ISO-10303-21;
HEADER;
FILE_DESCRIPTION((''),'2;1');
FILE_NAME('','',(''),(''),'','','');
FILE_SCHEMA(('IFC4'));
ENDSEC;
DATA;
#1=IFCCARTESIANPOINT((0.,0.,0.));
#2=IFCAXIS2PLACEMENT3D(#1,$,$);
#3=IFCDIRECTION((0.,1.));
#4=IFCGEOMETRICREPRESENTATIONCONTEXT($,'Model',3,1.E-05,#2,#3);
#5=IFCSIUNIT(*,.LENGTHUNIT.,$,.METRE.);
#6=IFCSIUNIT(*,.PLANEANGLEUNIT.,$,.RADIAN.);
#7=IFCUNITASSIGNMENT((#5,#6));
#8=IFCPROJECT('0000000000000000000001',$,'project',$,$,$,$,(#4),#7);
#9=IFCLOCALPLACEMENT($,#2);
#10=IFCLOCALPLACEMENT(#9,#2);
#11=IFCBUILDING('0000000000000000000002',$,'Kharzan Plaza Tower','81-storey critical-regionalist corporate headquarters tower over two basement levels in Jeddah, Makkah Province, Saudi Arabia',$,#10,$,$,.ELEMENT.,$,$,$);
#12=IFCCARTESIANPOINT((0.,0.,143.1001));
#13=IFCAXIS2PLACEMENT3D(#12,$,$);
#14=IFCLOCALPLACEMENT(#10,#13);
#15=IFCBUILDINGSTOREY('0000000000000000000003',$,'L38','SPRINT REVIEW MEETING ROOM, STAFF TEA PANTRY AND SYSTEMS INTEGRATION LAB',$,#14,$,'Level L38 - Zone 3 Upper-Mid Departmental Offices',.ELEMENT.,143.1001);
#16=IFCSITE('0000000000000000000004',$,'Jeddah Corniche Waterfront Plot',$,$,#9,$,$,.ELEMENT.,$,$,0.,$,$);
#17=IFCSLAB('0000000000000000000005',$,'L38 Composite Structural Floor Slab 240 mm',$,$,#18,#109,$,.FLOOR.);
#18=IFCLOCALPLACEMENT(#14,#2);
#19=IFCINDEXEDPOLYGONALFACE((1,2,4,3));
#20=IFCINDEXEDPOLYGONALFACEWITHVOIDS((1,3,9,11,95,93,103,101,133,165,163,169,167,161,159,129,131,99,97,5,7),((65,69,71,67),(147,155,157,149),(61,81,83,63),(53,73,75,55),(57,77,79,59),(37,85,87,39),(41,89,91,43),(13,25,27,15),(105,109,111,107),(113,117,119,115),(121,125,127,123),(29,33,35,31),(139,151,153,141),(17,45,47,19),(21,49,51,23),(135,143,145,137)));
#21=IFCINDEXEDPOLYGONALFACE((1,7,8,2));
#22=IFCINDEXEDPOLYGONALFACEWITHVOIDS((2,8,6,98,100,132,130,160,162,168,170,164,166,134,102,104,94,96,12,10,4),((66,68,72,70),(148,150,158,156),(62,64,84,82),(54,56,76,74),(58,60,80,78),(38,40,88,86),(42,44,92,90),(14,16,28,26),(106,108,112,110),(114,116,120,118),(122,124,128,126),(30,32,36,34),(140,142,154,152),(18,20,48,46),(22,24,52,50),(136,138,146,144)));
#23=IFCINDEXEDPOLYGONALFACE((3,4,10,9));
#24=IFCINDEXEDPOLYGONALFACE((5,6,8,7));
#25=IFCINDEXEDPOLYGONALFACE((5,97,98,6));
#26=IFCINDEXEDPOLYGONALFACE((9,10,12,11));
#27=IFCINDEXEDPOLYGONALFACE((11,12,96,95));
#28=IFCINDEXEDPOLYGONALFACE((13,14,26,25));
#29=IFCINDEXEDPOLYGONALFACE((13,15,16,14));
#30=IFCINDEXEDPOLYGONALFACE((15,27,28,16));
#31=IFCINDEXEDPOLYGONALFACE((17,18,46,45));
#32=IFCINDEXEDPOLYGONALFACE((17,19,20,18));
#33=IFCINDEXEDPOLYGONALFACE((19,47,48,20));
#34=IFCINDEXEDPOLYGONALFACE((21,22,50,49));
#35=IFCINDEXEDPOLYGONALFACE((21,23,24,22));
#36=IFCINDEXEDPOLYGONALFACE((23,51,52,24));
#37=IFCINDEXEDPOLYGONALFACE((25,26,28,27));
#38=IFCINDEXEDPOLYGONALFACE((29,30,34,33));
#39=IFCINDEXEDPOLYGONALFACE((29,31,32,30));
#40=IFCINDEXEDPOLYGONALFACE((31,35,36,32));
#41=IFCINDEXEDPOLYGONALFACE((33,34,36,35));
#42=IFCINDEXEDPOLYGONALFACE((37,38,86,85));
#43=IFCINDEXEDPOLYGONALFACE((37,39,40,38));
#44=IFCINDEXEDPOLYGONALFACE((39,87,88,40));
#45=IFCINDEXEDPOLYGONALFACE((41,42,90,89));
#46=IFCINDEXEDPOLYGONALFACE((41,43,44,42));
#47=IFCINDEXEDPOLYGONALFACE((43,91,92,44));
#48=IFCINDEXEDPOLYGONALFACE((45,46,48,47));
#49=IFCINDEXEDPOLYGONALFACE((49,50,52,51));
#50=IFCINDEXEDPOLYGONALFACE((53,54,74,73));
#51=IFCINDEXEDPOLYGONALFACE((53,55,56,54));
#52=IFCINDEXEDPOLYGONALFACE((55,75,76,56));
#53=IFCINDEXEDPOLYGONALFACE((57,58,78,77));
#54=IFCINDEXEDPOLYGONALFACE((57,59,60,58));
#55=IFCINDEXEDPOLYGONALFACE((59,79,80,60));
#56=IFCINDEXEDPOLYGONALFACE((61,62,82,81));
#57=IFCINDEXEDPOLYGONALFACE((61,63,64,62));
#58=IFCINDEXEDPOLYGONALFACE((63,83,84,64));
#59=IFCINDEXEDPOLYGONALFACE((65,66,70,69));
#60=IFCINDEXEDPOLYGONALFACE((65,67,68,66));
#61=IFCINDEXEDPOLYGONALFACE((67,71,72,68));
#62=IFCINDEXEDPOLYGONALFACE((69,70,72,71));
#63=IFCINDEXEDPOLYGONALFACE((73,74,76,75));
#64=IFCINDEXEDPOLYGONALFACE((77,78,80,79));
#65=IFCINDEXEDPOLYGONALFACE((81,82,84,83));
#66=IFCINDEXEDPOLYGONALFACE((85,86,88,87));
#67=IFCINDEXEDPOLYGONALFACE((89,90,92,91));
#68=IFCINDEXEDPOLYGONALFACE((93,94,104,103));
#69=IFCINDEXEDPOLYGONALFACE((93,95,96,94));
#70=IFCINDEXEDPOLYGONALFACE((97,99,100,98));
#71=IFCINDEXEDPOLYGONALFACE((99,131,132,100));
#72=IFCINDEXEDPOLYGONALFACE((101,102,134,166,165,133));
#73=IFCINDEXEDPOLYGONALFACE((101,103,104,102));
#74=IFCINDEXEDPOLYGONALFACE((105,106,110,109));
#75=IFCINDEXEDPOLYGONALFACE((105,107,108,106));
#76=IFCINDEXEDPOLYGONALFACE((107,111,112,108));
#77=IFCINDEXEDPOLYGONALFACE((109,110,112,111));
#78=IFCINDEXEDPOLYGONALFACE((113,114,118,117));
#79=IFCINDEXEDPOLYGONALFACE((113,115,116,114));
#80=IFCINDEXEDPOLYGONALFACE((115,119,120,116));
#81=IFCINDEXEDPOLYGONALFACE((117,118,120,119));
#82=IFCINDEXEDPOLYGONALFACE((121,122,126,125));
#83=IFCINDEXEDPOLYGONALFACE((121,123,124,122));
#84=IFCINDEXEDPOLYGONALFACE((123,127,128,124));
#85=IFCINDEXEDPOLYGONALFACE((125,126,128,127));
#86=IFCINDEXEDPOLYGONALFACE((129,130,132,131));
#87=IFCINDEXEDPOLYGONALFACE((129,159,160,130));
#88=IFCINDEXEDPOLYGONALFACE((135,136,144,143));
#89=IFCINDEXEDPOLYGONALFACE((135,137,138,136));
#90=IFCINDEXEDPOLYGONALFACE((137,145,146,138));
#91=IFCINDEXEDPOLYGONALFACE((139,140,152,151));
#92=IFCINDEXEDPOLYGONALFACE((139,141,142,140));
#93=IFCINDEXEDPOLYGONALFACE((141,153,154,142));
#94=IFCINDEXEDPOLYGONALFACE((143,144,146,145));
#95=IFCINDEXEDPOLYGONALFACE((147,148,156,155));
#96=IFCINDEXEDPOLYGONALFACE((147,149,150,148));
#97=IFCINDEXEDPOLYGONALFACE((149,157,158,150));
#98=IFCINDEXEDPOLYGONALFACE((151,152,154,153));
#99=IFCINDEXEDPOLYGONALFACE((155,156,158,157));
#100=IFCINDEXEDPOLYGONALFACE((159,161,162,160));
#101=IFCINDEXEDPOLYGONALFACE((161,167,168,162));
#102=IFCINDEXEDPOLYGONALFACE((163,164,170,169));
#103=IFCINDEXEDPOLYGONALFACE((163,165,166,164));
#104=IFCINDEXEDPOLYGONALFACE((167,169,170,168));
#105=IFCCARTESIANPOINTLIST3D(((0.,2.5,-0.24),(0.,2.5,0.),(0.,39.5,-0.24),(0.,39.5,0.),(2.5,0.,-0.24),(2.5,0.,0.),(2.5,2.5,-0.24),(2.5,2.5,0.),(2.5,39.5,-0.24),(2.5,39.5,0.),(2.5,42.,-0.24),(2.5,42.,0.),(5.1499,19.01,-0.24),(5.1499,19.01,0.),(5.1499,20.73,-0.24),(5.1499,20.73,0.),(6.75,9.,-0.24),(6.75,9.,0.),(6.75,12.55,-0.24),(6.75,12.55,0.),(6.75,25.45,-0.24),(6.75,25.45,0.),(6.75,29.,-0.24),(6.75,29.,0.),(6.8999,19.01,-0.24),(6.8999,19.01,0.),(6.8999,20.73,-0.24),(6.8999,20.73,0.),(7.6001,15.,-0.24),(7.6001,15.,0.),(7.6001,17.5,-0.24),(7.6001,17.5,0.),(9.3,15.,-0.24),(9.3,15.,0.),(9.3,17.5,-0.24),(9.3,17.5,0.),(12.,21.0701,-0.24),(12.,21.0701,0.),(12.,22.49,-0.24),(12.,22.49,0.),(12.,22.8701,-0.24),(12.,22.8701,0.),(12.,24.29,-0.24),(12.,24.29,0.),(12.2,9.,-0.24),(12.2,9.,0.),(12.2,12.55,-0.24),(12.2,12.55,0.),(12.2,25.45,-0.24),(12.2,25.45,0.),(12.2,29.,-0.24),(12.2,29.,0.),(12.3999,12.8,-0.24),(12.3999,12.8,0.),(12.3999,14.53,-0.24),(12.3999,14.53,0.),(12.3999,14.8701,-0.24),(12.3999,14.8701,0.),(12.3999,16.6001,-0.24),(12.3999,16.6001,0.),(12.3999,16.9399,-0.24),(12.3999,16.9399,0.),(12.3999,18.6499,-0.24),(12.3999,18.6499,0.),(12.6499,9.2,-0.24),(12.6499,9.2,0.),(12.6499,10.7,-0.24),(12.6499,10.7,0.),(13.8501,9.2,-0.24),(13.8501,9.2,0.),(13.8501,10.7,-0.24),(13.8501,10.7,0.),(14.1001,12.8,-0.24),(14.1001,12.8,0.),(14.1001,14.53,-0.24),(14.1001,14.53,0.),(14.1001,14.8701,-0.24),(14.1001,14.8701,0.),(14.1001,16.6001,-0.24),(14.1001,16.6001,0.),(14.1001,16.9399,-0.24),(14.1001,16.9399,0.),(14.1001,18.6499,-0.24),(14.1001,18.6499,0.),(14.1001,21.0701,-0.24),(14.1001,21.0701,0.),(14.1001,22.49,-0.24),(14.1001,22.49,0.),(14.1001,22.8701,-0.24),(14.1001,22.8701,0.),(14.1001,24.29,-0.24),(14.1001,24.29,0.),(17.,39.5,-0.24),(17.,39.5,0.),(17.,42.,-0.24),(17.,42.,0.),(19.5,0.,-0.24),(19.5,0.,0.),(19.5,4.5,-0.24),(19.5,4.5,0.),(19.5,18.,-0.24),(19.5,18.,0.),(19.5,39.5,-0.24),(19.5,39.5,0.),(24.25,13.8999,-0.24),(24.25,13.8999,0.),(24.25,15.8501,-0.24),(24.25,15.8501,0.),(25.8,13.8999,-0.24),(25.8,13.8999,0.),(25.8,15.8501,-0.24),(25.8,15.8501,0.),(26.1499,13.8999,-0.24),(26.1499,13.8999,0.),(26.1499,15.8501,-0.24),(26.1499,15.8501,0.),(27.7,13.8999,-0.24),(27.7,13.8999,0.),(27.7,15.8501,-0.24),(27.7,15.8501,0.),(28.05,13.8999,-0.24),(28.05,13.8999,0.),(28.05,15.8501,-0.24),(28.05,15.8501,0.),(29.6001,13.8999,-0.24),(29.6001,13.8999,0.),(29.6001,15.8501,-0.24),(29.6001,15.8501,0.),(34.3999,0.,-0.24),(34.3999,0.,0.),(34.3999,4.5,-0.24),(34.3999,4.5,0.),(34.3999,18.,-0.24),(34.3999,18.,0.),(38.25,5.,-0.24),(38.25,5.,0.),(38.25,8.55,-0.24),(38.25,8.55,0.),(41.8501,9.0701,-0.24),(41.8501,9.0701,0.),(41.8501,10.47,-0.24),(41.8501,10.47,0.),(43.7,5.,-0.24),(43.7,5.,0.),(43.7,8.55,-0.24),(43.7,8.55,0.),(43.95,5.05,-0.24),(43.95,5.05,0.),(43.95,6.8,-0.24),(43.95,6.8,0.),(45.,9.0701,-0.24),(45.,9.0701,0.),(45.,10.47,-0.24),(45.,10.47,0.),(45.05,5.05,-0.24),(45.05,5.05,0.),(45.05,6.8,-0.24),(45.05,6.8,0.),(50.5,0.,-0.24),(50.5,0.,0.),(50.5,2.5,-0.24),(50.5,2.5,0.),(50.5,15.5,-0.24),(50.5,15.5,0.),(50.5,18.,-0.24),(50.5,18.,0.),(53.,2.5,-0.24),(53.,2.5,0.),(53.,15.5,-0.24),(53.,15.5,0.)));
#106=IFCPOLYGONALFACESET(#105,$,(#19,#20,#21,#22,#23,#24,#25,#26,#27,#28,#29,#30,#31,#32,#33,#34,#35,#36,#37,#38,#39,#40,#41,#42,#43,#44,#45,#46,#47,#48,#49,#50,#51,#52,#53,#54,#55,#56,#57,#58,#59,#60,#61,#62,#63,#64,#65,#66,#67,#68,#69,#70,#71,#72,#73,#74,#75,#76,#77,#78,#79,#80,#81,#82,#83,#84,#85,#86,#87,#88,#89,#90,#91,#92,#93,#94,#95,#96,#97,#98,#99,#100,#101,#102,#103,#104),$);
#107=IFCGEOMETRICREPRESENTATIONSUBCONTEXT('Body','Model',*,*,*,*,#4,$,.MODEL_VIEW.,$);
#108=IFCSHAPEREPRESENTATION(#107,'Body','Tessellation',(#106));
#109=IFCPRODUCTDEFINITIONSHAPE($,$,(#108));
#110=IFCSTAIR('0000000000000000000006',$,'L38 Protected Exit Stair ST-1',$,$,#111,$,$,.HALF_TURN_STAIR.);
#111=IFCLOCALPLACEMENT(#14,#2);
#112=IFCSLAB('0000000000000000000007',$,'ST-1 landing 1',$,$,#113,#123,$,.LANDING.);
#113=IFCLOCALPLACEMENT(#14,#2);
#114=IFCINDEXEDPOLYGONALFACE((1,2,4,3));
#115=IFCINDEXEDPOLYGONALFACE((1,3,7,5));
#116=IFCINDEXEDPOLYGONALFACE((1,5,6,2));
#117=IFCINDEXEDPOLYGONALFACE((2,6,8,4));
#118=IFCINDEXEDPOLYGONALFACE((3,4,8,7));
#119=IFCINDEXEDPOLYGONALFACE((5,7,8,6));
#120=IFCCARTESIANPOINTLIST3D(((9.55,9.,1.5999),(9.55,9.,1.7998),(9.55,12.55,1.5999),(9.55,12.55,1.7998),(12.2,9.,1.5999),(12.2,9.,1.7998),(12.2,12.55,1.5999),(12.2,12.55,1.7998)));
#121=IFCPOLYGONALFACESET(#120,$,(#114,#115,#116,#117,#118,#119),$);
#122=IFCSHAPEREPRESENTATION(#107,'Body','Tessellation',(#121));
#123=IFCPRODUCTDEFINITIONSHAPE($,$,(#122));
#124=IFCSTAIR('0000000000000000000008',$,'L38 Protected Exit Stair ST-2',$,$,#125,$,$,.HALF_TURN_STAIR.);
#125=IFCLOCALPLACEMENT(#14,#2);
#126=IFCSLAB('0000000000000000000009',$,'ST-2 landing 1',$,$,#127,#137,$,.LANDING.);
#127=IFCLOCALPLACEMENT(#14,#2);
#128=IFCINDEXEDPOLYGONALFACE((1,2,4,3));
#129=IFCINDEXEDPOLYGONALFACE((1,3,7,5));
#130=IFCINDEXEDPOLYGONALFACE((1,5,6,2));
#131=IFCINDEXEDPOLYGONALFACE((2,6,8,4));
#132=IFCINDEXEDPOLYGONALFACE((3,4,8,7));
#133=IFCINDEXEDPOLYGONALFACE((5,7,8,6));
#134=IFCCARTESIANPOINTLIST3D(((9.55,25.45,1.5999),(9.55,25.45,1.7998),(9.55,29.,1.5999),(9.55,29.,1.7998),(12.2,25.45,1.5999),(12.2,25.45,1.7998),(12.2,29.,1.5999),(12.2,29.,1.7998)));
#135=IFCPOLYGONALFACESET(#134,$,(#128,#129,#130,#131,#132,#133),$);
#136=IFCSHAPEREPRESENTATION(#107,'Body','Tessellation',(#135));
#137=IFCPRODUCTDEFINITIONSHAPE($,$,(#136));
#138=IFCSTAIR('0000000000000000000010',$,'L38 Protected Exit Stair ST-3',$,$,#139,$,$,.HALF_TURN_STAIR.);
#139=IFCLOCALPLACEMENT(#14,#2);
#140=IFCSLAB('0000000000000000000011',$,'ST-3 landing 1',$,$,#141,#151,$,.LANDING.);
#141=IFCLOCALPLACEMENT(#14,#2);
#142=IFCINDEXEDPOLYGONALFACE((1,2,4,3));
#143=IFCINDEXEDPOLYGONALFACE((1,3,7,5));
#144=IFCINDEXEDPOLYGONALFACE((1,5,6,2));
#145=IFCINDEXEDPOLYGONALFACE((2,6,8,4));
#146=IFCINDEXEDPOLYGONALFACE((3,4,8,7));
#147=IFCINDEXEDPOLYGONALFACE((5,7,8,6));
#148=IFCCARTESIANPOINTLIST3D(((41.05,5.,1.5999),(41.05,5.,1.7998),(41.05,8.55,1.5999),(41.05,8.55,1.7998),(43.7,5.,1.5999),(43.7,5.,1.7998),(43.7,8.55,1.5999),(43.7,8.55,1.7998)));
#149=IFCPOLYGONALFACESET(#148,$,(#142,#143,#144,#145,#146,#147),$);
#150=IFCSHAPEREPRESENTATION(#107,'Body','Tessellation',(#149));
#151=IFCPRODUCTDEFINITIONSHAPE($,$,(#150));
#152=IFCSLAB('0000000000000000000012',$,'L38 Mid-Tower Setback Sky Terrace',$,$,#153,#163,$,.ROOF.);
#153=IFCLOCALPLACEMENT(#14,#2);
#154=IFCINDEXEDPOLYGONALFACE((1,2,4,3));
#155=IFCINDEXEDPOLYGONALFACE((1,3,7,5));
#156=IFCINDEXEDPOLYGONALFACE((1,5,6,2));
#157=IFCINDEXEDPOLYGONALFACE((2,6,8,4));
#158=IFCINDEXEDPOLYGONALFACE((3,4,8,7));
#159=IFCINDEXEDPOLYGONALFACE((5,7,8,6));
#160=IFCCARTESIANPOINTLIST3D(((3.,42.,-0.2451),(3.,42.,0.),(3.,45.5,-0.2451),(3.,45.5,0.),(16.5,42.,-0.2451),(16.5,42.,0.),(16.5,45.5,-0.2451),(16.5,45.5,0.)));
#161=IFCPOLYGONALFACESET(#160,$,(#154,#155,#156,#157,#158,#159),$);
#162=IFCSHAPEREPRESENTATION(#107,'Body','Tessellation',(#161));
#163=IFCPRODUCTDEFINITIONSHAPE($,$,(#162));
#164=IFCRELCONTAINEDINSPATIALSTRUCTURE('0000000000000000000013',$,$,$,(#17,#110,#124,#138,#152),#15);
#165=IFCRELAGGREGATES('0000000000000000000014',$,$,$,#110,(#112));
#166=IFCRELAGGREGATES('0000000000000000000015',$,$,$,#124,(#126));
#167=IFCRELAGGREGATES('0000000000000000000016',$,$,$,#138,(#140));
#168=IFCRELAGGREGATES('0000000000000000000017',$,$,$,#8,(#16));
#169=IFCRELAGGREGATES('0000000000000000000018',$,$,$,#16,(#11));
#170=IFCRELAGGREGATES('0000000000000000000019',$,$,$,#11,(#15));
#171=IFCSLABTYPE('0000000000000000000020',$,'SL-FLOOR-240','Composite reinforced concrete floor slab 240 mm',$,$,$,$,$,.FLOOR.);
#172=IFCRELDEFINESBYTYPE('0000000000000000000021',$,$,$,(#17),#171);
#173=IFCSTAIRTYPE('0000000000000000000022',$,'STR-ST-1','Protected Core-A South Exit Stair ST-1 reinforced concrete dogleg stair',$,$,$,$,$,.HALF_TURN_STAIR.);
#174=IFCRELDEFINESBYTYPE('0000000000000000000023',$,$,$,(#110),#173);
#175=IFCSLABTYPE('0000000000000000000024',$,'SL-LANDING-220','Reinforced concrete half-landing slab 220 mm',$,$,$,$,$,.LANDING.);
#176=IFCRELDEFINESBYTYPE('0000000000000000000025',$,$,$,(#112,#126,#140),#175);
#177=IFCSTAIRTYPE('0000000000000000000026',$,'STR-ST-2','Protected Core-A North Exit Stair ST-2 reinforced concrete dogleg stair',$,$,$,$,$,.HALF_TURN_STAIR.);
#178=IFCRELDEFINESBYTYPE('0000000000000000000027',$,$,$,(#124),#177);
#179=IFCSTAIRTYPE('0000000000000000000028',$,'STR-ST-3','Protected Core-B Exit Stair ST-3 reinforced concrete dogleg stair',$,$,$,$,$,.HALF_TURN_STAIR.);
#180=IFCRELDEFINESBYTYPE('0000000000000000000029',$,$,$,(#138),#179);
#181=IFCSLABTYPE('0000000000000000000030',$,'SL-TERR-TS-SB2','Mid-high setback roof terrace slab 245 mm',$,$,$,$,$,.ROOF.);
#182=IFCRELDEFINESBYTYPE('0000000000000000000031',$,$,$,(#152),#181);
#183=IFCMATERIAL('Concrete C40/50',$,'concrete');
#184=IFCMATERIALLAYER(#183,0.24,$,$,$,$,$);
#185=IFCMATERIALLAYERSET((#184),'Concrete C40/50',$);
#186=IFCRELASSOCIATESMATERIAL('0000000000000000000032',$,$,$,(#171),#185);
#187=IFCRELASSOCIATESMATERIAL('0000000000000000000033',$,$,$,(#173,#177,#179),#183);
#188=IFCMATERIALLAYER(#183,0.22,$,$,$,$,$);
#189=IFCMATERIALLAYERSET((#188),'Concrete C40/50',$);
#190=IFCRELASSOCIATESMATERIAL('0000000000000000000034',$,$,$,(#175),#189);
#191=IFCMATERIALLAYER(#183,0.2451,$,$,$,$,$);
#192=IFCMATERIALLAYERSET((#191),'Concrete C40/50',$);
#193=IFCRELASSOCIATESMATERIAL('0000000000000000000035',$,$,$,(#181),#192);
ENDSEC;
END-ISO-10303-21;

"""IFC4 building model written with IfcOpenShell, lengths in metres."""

from ifc_helpers import new_model, si_unit, direction, frame, origin, place, context, subcontext, project, spatial, polyline, outline, extrude, material, layer, layer_set, type_object, element, aggregate, save


model = new_model("IFC4")

# Units and contexts
model_context = context("Model", 3, precision=1e-05, world=origin(), true_north=direction((0.0, 1.0)))
body_context = subcontext(model_context, "Body", "Model", "MODEL_VIEW")
ifc_project = project(units=[si_unit("LENGTHUNIT", "METRE"), si_unit("PLANEANGLEUNIT", "RADIAN")], contexts=[model_context])

# Site, building, storey
site_placement = place(None, origin())
site = spatial("IfcSite", under=ifc_project, at=site_placement, Name="Jeddah Corniche Waterfront Plot", CompositionType="ELEMENT", RefElevation=0.0)
building_placement = place(site_placement, origin())
building = spatial("IfcBuilding", under=site, at=building_placement, Name="Kharzan Plaza Tower", Description="81-storey critical-regionalist corporate headquarters tower over two basement levels in Jeddah, Makkah Province, Saudi Arabia", CompositionType="ELEMENT")
storey_placement = place(building_placement, frame((0.0, 0.0, 143.1001)))
storey = spatial("IfcBuildingStorey", under=building, at=storey_placement, Name="L38", Description="SPRINT REVIEW MEETING ROOM, STAFF TEA PANTRY AND SYSTEMS INTEGRATION LAB", LongName="Level L38 - Zone 3 Upper-Mid Departmental Offices", CompositionType="ELEMENT", Elevation=143.1001)

# Slab
ifc_material_1 = material(Name="Concrete C40/50", Category="concrete")
ifc_layer_1 = layer(ifc_material_1, 0.24)
ifc_layer_set_1 = layer_set([ifc_layer_1], Name="Concrete C40/50")
slab_type_1 = type_object("IfcSlabType", Name="SL-FLOOR-240", Description="Composite reinforced concrete floor slab 240 mm", PredefinedType="FLOOR", material=ifc_layer_set_1)
slab_1_placement = place(storey_placement, frame((0.0, 0.0, -0.24)))
element("IfcSlab", 1, at=slab_1_placement, inside=storey, type_object=slab_type_1, Name="L38 Composite Structural Floor Slab 240 mm", PredefinedType="FLOOR", context=body_context, shape_type="SweptSolid", body=[
    extrude(outline(polyline([(34.3999, 18.0), (19.5, 18.0), (19.5, 39.5), (17.0, 39.5), (17.0, 42.0), (2.5, 42.0), (2.5, 39.5), (0.0, 39.5), (0.0, 2.5), (2.5, 2.5), (2.5, 0.0), (19.5, 0.0), (19.5, 4.5), (34.3999, 4.5), (34.3999, 0.0), (50.5, 0.0), (50.5, 2.5), (53.0, 2.5), (53.0, 15.5), (50.5, 15.5), (50.5, 18.0), (34.3999, 18.0)]), holes=[polyline([(12.2, 9.0), (12.2, 12.55), (6.75, 12.55), (6.75, 9.0), (12.2, 9.0)]), polyline([(14.1001, 12.8), (14.1001, 14.53), (12.3999, 14.53), (12.3999, 12.8), (14.1001, 12.8)]), polyline([(14.1001, 14.8701), (14.1001, 16.6001), (12.3999, 16.6001), (12.3999, 14.8701), (14.1001, 14.8701)]), polyline([(9.3, 15.0), (9.3, 17.5), (7.6001, 17.5), (7.6001, 15.0), (9.3, 15.0)]), polyline([(6.8999, 19.01), (6.8999, 20.73), (5.1499, 20.73), (5.1499, 19.01), (6.8999, 19.01)]), polyline([(14.1001, 21.0701), (14.1001, 22.49), (12.0, 22.49), (12.0, 21.0701), (14.1001, 21.0701)]), polyline([(14.1001, 22.8701), (14.1001, 24.29), (12.0, 24.29), (12.0, 22.8701), (14.1001, 22.8701)]), polyline([(12.2, 25.45), (12.2, 29.0), (6.75, 29.0), (6.75, 25.45), (12.2, 25.45)]), polyline([(45.05, 5.05), (45.05, 6.8), (43.95, 6.8), (43.95, 5.05), (45.05, 5.05)]), polyline([(43.7, 5.0), (43.7, 8.55), (38.25, 8.55), (38.25, 5.0), (43.7, 5.0)]), polyline([(45.0, 9.0701), (45.0, 10.47), (41.8501, 10.47), (41.8501, 9.0701), (45.0, 9.0701)]), polyline([(13.8501, 9.2), (13.8501, 10.7), (12.6499, 10.7), (12.6499, 9.2), (13.8501, 9.2)]), polyline([(25.8, 13.8999), (25.8, 15.8501), (24.25, 15.8501), (24.25, 13.8999), (25.8, 13.8999)]), polyline([(27.7, 13.8999), (27.7, 15.8501), (26.1499, 15.8501), (26.1499, 13.8999), (27.7, 13.8999)]), polyline([(29.6001, 13.8999), (29.6001, 15.8501), (28.05, 15.8501), (28.05, 13.8999), (29.6001, 13.8999)]), polyline([(14.1001, 16.9399), (14.1001, 18.6499), (12.3999, 18.6499), (12.3999, 16.9399), (14.1001, 16.9399)])]), origin(), (0.0, 0.0, 1.0), 0.24),
])

# Stairs, slabs
stair_type_1 = type_object("IfcStairType", Name="STR-ST-1", Description="Protected Core-A South Exit Stair ST-1 reinforced concrete dogleg stair", PredefinedType="HALF_TURN_STAIR", material=ifc_material_1)
stair_1_placement = place(storey_placement, origin())
stair_1 = element("IfcStair", 2, at=stair_1_placement, inside=storey, type_object=stair_type_1, Name="L38 Protected Exit Stair ST-1", PredefinedType="HALF_TURN_STAIR")
ifc_layer_2 = layer(ifc_material_1, 0.22)
ifc_layer_set_2 = layer_set([ifc_layer_2], Name="Concrete C40/50")
slab_type_2 = type_object("IfcSlabType", Name="SL-LANDING-220", Description="Reinforced concrete half-landing slab 220 mm", PredefinedType="LANDING", material=ifc_layer_set_2)
slab_2_placement = place(storey_placement, frame((0.0, 0.0, 1.5999)))
slab_2 = element("IfcSlab", 3, at=slab_2_placement, type_object=slab_type_2, Name="ST-1 landing 1", PredefinedType="LANDING", context=body_context, shape_type="SweptSolid", body=[
    extrude(outline(polyline([(9.55, 9.0), (12.2, 9.0), (12.2, 12.55), (9.55, 12.55), (9.55, 9.0)])), origin(), (0.0, 0.0, 1.0), 0.2),
])
aggregate(stair_1, [slab_2])
stair_type_2 = type_object("IfcStairType", Name="STR-ST-2", Description="Protected Core-A North Exit Stair ST-2 reinforced concrete dogleg stair", PredefinedType="HALF_TURN_STAIR", material=ifc_material_1)
stair_2_placement = place(storey_placement, origin())
stair_2 = element("IfcStair", 4, at=stair_2_placement, inside=storey, type_object=stair_type_2, Name="L38 Protected Exit Stair ST-2", PredefinedType="HALF_TURN_STAIR")
slab_3_placement = place(storey_placement, frame((0.0, 0.0, 1.5999)))
slab_3 = element("IfcSlab", 5, at=slab_3_placement, type_object=slab_type_2, Name="ST-2 landing 1", PredefinedType="LANDING", context=body_context, shape_type="SweptSolid", body=[
    extrude(outline(polyline([(9.55, 25.45), (12.2, 25.45), (12.2, 29.0), (9.55, 29.0), (9.55, 25.45)])), origin(), (0.0, 0.0, 1.0), 0.2),
])
aggregate(stair_2, [slab_3])
stair_type_3 = type_object("IfcStairType", Name="STR-ST-3", Description="Protected Core-B Exit Stair ST-3 reinforced concrete dogleg stair", PredefinedType="HALF_TURN_STAIR", material=ifc_material_1)
stair_3_placement = place(storey_placement, origin())
stair_3 = element("IfcStair", 6, at=stair_3_placement, inside=storey, type_object=stair_type_3, Name="L38 Protected Exit Stair ST-3", PredefinedType="HALF_TURN_STAIR")
slab_4_placement = place(storey_placement, frame((0.0, 0.0, 1.5999)))
slab_4 = element("IfcSlab", 7, at=slab_4_placement, type_object=slab_type_2, Name="ST-3 landing 1", PredefinedType="LANDING", context=body_context, shape_type="SweptSolid", body=[
    extrude(outline(polyline([(41.05, 5.0), (43.7, 5.0), (43.7, 8.55), (41.05, 8.55), (41.05, 5.0)])), origin(), (0.0, 0.0, 1.0), 0.2),
])
aggregate(stair_3, [slab_4])

# Slab
ifc_layer_3 = layer(ifc_material_1, 0.2451)
ifc_layer_set_3 = layer_set([ifc_layer_3], Name="Concrete C40/50")
slab_type_3 = type_object("IfcSlabType", Name="SL-TERR-TS-SB2", Description="Mid-high setback roof terrace slab 245 mm", PredefinedType="ROOF", material=ifc_layer_set_3)
slab_5_placement = place(storey_placement, frame((0.0, 0.0, -0.2451)))
element("IfcSlab", 8, at=slab_5_placement, inside=storey, type_object=slab_type_3, Name="L38 Mid-Tower Setback Sky Terrace", PredefinedType="ROOF", context=body_context, shape_type="SweptSolid", body=[
    extrude(outline(polyline([(3.0, 42.0), (16.5, 42.0), (16.5, 45.5), (3.0, 45.5), (3.0, 42.0)])), origin(), (0.0, 0.0, 1.0), 0.2451),
])

save(model, "model.ifc")
